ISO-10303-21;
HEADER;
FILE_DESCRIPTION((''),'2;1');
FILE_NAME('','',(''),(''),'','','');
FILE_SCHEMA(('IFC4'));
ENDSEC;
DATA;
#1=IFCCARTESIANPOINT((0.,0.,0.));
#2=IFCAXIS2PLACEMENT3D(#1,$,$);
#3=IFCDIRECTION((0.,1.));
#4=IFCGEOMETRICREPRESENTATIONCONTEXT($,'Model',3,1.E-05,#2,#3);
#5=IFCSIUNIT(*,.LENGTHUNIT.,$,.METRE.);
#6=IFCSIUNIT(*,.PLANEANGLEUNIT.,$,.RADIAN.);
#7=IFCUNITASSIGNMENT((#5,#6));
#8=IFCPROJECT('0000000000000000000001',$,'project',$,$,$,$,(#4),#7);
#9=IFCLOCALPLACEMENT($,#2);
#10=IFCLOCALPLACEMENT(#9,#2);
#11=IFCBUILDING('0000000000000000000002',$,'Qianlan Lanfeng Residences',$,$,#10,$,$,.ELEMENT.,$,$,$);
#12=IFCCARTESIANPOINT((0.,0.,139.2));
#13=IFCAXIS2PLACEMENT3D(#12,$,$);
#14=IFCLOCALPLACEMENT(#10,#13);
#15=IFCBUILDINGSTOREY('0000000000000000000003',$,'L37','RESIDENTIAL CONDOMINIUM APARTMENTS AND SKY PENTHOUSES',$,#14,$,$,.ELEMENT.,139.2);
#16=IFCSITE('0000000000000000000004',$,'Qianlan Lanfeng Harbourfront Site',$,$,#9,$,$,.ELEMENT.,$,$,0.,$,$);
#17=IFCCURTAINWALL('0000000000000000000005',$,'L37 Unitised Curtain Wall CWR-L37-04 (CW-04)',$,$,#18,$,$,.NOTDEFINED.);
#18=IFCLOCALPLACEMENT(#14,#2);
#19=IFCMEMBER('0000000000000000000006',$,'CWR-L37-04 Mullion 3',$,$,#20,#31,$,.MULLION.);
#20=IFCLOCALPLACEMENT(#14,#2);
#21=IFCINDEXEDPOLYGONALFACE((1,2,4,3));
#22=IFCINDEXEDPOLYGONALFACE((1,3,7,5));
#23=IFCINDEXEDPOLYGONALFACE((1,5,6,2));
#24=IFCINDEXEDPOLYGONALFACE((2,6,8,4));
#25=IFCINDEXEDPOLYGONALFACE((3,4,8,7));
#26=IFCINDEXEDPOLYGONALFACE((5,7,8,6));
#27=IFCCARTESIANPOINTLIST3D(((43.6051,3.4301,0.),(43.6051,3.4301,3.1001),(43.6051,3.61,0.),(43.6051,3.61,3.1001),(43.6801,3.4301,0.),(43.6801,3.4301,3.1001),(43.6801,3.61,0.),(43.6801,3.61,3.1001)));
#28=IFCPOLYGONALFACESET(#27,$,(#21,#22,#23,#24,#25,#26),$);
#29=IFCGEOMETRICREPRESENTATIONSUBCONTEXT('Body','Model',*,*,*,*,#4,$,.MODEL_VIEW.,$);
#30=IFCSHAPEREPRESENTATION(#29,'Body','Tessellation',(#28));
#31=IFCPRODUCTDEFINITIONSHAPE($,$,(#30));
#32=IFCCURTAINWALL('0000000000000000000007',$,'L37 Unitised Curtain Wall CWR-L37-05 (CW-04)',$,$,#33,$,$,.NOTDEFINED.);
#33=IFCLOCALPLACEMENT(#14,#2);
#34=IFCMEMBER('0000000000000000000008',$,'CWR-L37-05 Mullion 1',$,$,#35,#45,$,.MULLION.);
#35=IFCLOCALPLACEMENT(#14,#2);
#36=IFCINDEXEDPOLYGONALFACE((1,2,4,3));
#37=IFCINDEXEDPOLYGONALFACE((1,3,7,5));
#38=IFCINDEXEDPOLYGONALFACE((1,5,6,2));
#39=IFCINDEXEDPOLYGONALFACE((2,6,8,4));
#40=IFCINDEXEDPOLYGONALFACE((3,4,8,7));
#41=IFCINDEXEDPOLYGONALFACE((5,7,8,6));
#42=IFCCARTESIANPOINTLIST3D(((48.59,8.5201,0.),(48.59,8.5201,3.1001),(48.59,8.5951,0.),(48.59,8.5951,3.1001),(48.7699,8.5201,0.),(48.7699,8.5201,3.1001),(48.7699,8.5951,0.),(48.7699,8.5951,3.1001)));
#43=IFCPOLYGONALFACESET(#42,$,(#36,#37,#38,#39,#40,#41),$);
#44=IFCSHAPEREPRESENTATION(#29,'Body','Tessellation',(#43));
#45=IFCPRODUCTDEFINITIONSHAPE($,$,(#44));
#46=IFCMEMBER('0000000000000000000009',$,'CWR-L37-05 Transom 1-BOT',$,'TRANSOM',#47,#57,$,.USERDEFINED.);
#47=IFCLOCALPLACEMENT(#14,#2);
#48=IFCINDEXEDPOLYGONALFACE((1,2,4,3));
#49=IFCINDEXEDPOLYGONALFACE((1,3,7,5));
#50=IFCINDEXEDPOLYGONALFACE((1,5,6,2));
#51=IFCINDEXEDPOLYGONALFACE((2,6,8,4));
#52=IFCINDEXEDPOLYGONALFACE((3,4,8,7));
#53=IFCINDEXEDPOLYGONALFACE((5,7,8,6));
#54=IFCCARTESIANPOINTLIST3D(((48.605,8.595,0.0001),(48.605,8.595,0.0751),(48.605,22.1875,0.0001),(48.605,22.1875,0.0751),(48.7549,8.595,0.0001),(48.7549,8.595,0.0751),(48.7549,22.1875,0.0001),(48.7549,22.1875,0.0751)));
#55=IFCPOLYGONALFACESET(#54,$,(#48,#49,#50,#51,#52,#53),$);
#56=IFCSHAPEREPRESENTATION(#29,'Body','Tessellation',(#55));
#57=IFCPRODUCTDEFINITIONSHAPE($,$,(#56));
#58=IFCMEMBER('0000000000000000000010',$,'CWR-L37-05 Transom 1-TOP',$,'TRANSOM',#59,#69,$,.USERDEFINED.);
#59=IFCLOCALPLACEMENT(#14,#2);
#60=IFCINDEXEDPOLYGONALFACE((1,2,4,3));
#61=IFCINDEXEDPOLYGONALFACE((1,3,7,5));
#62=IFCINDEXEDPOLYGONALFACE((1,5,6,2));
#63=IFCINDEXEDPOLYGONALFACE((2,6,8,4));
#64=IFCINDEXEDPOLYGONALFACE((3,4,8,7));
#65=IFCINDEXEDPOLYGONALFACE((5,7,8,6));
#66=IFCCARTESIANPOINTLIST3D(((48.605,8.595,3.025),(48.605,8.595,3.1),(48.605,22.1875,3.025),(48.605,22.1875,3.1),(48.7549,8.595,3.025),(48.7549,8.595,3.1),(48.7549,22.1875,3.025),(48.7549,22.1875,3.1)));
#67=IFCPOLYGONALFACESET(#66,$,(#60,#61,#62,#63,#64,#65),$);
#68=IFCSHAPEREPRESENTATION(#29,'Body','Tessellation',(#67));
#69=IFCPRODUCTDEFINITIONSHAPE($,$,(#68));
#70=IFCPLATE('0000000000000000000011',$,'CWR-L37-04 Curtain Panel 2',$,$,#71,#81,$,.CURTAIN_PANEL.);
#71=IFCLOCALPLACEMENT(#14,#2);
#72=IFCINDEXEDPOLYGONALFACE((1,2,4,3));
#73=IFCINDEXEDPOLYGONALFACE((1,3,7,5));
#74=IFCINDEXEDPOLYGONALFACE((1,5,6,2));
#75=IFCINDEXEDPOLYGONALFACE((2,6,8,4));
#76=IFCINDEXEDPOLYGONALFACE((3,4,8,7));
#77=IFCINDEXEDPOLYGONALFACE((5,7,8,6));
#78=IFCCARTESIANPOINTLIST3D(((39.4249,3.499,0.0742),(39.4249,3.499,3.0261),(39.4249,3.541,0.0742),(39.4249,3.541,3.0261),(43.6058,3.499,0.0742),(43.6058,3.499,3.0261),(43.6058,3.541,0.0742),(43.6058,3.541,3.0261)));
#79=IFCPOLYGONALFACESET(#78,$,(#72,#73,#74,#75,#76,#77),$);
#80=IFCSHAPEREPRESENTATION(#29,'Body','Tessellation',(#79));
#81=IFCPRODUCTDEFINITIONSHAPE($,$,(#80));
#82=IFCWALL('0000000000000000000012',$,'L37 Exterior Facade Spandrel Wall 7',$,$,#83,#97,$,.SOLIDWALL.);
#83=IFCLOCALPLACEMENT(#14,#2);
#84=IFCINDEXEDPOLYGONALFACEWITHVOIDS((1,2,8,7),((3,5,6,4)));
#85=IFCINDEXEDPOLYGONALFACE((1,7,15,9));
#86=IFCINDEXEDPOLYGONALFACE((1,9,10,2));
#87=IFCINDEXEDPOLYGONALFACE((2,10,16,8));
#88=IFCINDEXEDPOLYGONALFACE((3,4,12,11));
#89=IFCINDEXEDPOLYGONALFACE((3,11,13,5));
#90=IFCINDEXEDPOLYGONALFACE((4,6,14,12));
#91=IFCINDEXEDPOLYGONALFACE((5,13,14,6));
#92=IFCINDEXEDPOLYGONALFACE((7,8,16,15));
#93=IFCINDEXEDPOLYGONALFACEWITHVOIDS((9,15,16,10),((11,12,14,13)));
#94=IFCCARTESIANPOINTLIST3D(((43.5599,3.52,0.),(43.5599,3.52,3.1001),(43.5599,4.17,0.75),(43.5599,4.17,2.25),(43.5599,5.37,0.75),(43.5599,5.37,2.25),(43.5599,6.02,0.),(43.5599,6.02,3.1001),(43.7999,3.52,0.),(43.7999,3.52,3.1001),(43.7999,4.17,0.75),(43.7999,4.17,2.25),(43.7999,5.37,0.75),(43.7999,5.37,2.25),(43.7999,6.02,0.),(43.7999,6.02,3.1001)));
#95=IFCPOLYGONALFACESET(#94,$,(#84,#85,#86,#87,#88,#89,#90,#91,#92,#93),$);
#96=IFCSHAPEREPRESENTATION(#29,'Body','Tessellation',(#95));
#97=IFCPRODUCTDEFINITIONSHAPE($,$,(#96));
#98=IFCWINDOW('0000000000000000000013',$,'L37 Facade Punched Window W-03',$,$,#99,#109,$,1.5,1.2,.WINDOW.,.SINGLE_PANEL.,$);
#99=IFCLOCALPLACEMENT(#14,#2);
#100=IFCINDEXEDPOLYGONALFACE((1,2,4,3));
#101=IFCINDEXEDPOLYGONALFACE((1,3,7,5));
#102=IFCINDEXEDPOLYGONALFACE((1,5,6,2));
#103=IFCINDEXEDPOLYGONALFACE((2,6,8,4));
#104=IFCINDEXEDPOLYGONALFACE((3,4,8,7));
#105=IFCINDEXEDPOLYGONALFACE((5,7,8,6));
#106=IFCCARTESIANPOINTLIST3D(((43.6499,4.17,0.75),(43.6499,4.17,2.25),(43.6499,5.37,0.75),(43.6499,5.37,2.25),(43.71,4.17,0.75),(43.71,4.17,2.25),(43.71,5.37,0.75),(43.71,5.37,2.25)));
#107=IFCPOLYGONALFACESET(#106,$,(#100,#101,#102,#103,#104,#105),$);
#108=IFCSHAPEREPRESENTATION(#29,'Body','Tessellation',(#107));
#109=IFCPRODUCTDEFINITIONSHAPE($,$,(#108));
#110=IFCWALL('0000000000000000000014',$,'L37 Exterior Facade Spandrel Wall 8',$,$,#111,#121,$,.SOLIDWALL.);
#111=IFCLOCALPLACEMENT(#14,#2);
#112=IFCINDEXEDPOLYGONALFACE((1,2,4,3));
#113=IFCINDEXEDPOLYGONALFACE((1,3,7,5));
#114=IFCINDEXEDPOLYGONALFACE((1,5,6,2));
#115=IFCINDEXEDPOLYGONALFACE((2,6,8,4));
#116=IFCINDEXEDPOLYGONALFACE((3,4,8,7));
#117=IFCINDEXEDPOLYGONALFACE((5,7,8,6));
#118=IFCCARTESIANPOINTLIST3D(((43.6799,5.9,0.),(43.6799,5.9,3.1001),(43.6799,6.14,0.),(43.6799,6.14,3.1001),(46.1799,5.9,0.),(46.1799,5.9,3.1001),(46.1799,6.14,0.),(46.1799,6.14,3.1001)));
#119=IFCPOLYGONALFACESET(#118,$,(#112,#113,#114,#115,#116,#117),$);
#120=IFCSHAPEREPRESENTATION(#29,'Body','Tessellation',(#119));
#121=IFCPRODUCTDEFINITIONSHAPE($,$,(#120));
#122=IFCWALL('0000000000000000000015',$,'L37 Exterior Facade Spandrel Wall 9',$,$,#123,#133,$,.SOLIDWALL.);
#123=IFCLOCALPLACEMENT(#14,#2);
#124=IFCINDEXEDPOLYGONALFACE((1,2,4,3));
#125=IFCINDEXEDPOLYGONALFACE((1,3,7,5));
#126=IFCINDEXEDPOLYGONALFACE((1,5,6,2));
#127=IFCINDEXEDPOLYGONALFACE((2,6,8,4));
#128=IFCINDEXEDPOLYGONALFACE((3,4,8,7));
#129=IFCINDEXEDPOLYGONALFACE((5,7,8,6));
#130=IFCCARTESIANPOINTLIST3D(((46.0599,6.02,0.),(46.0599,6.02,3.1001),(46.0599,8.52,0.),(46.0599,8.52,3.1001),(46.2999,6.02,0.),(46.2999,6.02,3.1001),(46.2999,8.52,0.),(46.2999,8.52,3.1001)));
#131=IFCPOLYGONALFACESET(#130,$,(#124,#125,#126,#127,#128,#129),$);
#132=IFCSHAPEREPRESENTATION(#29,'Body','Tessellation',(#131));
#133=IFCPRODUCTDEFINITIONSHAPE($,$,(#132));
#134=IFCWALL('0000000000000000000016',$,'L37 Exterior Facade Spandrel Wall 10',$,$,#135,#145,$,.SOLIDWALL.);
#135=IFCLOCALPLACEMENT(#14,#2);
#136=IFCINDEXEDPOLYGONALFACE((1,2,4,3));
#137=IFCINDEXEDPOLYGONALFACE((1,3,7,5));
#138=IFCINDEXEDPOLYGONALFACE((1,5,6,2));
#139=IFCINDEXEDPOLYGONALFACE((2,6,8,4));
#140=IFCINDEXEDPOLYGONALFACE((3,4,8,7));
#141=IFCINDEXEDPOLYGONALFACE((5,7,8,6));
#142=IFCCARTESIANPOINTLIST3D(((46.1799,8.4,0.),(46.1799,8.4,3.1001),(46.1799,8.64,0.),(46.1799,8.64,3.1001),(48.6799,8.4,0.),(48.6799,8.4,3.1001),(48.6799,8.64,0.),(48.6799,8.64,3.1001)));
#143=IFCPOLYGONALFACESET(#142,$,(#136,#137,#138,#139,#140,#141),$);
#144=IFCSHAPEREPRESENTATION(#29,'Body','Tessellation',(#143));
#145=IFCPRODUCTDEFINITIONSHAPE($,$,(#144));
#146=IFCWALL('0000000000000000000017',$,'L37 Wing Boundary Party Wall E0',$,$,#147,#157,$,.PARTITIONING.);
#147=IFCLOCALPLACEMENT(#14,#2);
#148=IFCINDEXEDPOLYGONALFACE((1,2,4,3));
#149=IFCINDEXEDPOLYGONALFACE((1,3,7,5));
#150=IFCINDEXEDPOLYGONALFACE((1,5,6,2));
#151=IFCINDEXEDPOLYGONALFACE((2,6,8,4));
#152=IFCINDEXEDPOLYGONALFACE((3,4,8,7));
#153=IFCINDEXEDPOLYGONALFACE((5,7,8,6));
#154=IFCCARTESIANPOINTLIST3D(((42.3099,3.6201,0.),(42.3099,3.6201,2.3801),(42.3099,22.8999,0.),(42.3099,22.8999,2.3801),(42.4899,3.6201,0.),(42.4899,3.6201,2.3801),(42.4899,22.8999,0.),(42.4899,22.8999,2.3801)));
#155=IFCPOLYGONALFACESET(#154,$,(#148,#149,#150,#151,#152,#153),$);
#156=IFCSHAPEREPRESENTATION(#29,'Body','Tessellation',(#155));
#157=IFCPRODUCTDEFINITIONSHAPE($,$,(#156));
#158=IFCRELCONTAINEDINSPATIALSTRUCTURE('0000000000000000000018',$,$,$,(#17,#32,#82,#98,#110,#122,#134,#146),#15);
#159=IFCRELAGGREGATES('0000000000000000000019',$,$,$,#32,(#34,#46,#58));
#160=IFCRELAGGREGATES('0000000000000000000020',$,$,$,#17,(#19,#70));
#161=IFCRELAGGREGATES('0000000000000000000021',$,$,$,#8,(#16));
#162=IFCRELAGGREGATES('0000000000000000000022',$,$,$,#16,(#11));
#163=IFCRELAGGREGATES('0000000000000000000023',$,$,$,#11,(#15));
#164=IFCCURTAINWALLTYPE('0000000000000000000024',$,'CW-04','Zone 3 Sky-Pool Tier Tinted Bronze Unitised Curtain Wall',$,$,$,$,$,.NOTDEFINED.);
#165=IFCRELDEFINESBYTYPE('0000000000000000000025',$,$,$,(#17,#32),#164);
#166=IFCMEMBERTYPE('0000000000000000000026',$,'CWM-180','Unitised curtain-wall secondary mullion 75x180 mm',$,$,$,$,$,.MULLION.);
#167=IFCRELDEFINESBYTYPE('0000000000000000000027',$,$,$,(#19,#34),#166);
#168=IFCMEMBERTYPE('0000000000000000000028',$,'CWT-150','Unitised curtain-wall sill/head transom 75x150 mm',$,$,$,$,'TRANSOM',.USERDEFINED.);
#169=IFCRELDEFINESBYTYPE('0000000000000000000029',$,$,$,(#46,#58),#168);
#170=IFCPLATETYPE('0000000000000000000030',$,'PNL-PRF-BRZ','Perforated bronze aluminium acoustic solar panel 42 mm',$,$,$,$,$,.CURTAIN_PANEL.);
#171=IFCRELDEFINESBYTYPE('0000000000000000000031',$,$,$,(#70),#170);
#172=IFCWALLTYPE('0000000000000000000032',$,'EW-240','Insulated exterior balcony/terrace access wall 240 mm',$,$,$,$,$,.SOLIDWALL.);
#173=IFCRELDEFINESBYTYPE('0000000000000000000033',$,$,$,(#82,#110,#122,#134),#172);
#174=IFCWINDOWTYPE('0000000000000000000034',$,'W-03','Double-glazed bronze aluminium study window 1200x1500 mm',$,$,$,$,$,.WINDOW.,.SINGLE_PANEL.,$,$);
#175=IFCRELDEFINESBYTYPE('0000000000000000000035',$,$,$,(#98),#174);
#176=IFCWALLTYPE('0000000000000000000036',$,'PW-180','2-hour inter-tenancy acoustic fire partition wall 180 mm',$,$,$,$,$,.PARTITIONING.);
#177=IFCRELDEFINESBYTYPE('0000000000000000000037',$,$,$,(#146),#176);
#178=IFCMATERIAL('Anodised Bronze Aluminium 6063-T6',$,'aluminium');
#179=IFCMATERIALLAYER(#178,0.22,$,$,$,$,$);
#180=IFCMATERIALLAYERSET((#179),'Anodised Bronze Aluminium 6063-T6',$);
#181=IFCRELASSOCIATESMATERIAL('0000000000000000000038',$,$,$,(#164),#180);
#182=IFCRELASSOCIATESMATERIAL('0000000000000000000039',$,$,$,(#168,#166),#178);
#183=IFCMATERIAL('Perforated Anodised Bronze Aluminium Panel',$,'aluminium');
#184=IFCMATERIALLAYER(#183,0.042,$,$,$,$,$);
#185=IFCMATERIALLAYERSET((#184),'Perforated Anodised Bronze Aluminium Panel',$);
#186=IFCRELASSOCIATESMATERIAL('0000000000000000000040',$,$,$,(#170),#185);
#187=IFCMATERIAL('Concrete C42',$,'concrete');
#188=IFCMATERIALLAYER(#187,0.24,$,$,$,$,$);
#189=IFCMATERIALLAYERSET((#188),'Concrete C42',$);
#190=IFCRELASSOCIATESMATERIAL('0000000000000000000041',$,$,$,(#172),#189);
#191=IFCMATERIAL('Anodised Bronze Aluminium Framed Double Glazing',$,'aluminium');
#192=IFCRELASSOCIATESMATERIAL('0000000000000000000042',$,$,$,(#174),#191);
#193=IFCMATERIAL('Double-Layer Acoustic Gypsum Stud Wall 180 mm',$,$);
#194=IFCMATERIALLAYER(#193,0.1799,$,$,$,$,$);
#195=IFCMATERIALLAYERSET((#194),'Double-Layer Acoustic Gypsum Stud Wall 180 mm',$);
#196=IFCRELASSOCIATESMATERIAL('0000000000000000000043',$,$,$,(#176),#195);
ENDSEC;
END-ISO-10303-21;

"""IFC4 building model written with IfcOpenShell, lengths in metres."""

from ifc_helpers import new_model, si_unit, direction, frame, frame_2d, origin, origin_2d, place, context, subcontext, project, spatial, rectangle, extrude, source, transform, mapped, material, layer, layer_set, material_profile, profile_set, type_object, element, fill, aggregate, save


model = new_model("IFC4")

# Units and contexts
model_context = context("Model", 3, precision=1e-05, world=origin(), true_north=direction((0.0, 1.0)))
body_context = subcontext(model_context, "Body", "Model", "MODEL_VIEW")
ifc_project = project(units=[si_unit("LENGTHUNIT", "METRE"), si_unit("PLANEANGLEUNIT", "RADIAN")], contexts=[model_context])

# Site, building, storey
site_placement = place(None, origin())
site = spatial("IfcSite", under=ifc_project, at=site_placement, Name="Qianlan Lanfeng Harbourfront Site", CompositionType="ELEMENT", RefElevation=0.0)
building_placement = place(site_placement, origin())
building = spatial("IfcBuilding", under=site, at=building_placement, Name="Qianlan Lanfeng Residences", CompositionType="ELEMENT")
storey_placement = place(building_placement, frame((0.0, 0.0, 139.2)))
storey = spatial("IfcBuildingStorey", under=building, at=storey_placement, Name="L37", Description="RESIDENTIAL CONDOMINIUM APARTMENTS AND SKY PENTHOUSES", CompositionType="ELEMENT", Elevation=139.2)

# Curtain walls, members
ifc_material_1 = material(Name="Anodised Bronze Aluminium 6063-T6", Category="aluminium")
ifc_layer_1 = layer(ifc_material_1, 0.22)
ifc_layer_set_1 = layer_set([ifc_layer_1], Name="Anodised Bronze Aluminium 6063-T6")
curtain_wall_type = type_object("IfcCurtainWallType", Name="CW-04", Description="Zone 3 Sky-Pool Tier Tinted Bronze Unitised Curtain Wall", PredefinedType="NOTDEFINED", material=ifc_layer_set_1)
curtain_wall_1_placement = place(storey_placement, origin())
curtain_wall_1 = element("IfcCurtainWall", 1, at=curtain_wall_1_placement, inside=storey, type_object=curtain_wall_type, Name="L37 Unitised Curtain Wall CWR-L37-04 (CW-04)", PredefinedType="NOTDEFINED")
ifc_material_profile_1 = material_profile(ifc_material_1, rectangle(XDim=0.075, YDim=0.1499, at=origin_2d()), Name="ALU TRANSOM 75x150")
ifc_profile_set_1 = profile_set([ifc_material_profile_1], Name="Anodised Bronze Aluminium 6063-T6")
member_type_1 = type_object("IfcMemberType", Name="CWT-150", Description="Unitised curtain-wall sill/head transom 75x150 mm", ElementType="TRANSOM", PredefinedType="USERDEFINED", material=ifc_profile_set_1)
ifc_material_profile_2 = material_profile(ifc_material_1, rectangle(XDim=0.075, YDim=0.1799, at=origin_2d()), Name="ALU MULLION 75x180")
ifc_profile_set_2 = profile_set([ifc_material_profile_2], Name="Anodised Bronze Aluminium 6063-T6")
member_type_2 = type_object("IfcMemberType", Name="CWM-180", Description="Unitised curtain-wall secondary mullion 75x180 mm", PredefinedType="MULLION", material=ifc_profile_set_2)
shared_shape_1 = source(origin(), body_context, "Body", "SweptSolid", [
    extrude(rectangle(XDim=0.075, YDim=0.1799, at=origin_2d()), origin(), (0.0, 0.0, 1.0), 3.1001),
])
member_1_placement = place(storey_placement, frame((43.6426, 3.52, 0.0), z_axis=(0.0, 0.0, 1.0), x_axis=(1.0, 0.0, 0.0)))
member_1 = element("IfcMember", 2, at=member_1_placement, type_object=member_type_2, Name="CWR-L37-04 Mullion 3", PredefinedType="MULLION", context=body_context, shape_type="MappedRepresentation", body=[
    mapped(shared_shape_1, transform((0.0, 0.0, 0.0), scale=1.0)),
])
curtain_wall_2_placement = place(storey_placement, origin())
curtain_wall_2 = element("IfcCurtainWall", 3, at=curtain_wall_2_placement, inside=storey, type_object=curtain_wall_type, Name="L37 Unitised Curtain Wall CWR-L37-05 (CW-04)", PredefinedType="NOTDEFINED")
member_2_placement = place(storey_placement, frame((48.6799, 8.5576, 0.0), z_axis=(0.0, 0.0, 1.0), x_axis=(0.0, 1.0, 0.0)))
member_2 = element("IfcMember", 4, at=member_2_placement, type_object=member_type_2, Name="CWR-L37-05 Mullion 1", PredefinedType="MULLION", context=body_context, shape_type="MappedRepresentation", body=[
    mapped(shared_shape_1, transform((0.0, 0.0, 0.0), scale=1.0)),
])
shared_shape_2 = source(origin(), body_context, "Body", "SweptSolid", [
    extrude(rectangle(XDim=0.075, YDim=0.1499, at=origin_2d()), origin(), (0.0, 0.0, 1.0), 13.5925),
])
member_3_placement = place(storey_placement, frame((48.6799, 8.595, 0.0376), z_axis=(0.0, 1.0, 0.0), x_axis=(0.0, 0.0, 1.0)))
member_3 = element("IfcMember", 5, at=member_3_placement, type_object=member_type_1, Name="CWR-L37-05 Transom 1-BOT", ObjectType="TRANSOM", PredefinedType="USERDEFINED", context=body_context, shape_type="MappedRepresentation", body=[
    mapped(shared_shape_2, transform((0.0, 0.0, 0.0), scale=1.0)),
])
member_4_placement = place(storey_placement, frame((48.6799, 8.595, 3.0625), z_axis=(0.0, 1.0, 0.0), x_axis=(0.0, 0.0, 1.0)))
member_4 = element("IfcMember", 6, at=member_4_placement, type_object=member_type_1, Name="CWR-L37-05 Transom 1-TOP", ObjectType="TRANSOM", PredefinedType="USERDEFINED", context=body_context, shape_type="MappedRepresentation", body=[
    mapped(shared_shape_2, transform((0.0, 0.0, 0.0), scale=1.0)),
])
aggregate(curtain_wall_2, [member_2, member_3, member_4])

# Plate
ifc_material_2 = material(Name="Perforated Anodised Bronze Aluminium Panel", Category="aluminium")
ifc_layer_2 = layer(ifc_material_2, 0.042)
ifc_layer_set_2 = layer_set([ifc_layer_2], Name="Perforated Anodised Bronze Aluminium Panel")
plate_type = type_object("IfcPlateType", Name="PNL-PRF-BRZ", Description="Perforated bronze aluminium acoustic solar panel 42 mm", PredefinedType="CURTAIN_PANEL", material=ifc_layer_set_2)
shared_shape_3 = source(origin(), body_context, "Body", "SweptSolid", [
    extrude(rectangle(XDim=4.1809, YDim=0.042, at=origin_2d()), origin(), (0.0, 0.0, 1.0), 2.9519),
])
plate_placement = place(storey_placement, frame((41.5154, 3.52, 0.0742), z_axis=(0.0, 0.0, 1.0), x_axis=(1.0, 0.0, 0.0)))
plate = element("IfcPlate", 7, at=plate_placement, type_object=plate_type, Name="CWR-L37-04 Curtain Panel 2", PredefinedType="CURTAIN_PANEL", context=body_context, shape_type="MappedRepresentation", body=[
    mapped(shared_shape_3, transform((0.0, 0.0, 0.0), scale=1.0)),
])
aggregate(curtain_wall_1, [member_1, plate])

# Wall, opening, window
ifc_material_3 = material(Name="Concrete C42", Category="concrete")
ifc_layer_3 = layer(ifc_material_3, 0.24)
ifc_layer_set_3 = layer_set([ifc_layer_3], Name="Concrete C42")
wall_type_1 = type_object("IfcWallType", Name="EW-240", Description="Insulated exterior balcony/terrace access wall 240 mm", PredefinedType="SOLIDWALL", material=ifc_layer_set_3)
wall_1_placement = place(storey_placement, frame((43.6799, 3.52, 0.0), z_axis=(0.0, 0.0, 1.0), x_axis=(0.0, 1.0, 0.0)))
wall_1 = element("IfcWall", 8, at=wall_1_placement, inside=storey, type_object=wall_type_1, Name="L37 Exterior Facade Spandrel Wall 7", PredefinedType="SOLIDWALL", context=body_context, shape_type="SweptSolid", body=[
    extrude(rectangle(XDim=2.5, YDim=0.24, at=frame_2d((1.25, 0.0))), origin(), (0.0, 0.0, 1.0), 3.1001),
])
opening_placement = place(wall_1_placement, frame((0.6499, 0.0, 0.75)))
opening = element("IfcOpeningElement", 9, at=opening_placement, cuts=wall_1, PredefinedType="OPENING", context=body_context, shape_type="SweptSolid", body=[
    extrude(rectangle(XDim=1.2, YDim=1.5, at=frame_2d((0.6001, 0.75))), frame((0.0, 0.1299, 0.0), z_axis=(0.0, -1.0, 0.0), x_axis=(1.0, 0.0, 0.0)), (0.0, 0.0, 1.0), 0.26),
])
ifc_material_4 = material(Name="Anodised Bronze Aluminium Framed Double Glazing", Category="aluminium")
window_type = type_object("IfcWindowType", Name="W-03", Description="Double-glazed bronze aluminium study window 1200x1500 mm", PartitioningType="SINGLE_PANEL", PredefinedType="WINDOW", material=ifc_material_4)
window_placement = place(opening_placement, origin())
window = element("IfcWindow", 10, at=window_placement, inside=storey, type_object=window_type, Name="L37 Facade Punched Window W-03", OverallHeight=1.5, OverallWidth=1.2, PartitioningType="SINGLE_PANEL", PredefinedType="WINDOW", context=body_context, shape_type="SweptSolid", body=[
    extrude(rectangle(XDim=1.2, YDim=1.5, at=frame_2d((0.6001, 0.75))), frame((0.0, 0.03, 0.0), z_axis=(0.0, -1.0, 0.0), x_axis=(1.0, 0.0, 0.0)), (0.0, 0.0, 1.0), 0.0601),
])
fill(opening, window)

# Walls
for number, where, z_axis, x_axis, name in (
    (11, (43.6799, 6.02, 0.0), (0.0, 0.0, 1.0), (1.0, 0.0, 0.0), "L37 Exterior Facade Spandrel Wall 8"),
    (12, (46.1799, 6.02, 0.0), (0.0, 0.0, 1.0), (0.0, 1.0, 0.0), "L37 Exterior Facade Spandrel Wall 9"),
    (13, (46.1799, 8.52, 0.0), (0.0, 0.0, 1.0), (1.0, 0.0, 0.0), "L37 Exterior Facade Spandrel Wall 10"),
):
    element("IfcWall", number, at=place(storey_placement, frame(where, z_axis=z_axis, x_axis=x_axis)), inside=storey, type_object=wall_type_1, Name=name, PredefinedType="SOLIDWALL", context=body_context, shape_type="SweptSolid", body=[
        extrude(rectangle(XDim=2.5, YDim=0.24, at=frame_2d((1.25, 0.0))), origin(), (0.0, 0.0, 1.0), 3.1001),
    ])
ifc_material_5 = material(Name="Double-Layer Acoustic Gypsum Stud Wall 180 mm")
ifc_layer_4 = layer(ifc_material_5, 0.1799)
ifc_layer_set_4 = layer_set([ifc_layer_4], Name="Double-Layer Acoustic Gypsum Stud Wall 180 mm")
wall_type_2 = type_object("IfcWallType", Name="PW-180", Description="2-hour inter-tenancy acoustic fire partition wall 180 mm", PredefinedType="PARTITIONING", material=ifc_layer_set_4)
wall_2_placement = place(storey_placement, frame((42.3999, 3.6201, 0.0), z_axis=(0.0, 0.0, 1.0), x_axis=(0.0, 1.0, 0.0)))
element("IfcWall", 14, at=wall_2_placement, inside=storey, type_object=wall_type_2, Name="L37 Wing Boundary Party Wall E0", PredefinedType="PARTITIONING", context=body_context, shape_type="SweptSolid", body=[
    extrude(rectangle(XDim=19.2798, YDim=0.1799, at=frame_2d((9.6399, 0.0))), origin(), (0.0, 0.0, 1.0), 2.3801),
])

save(model, "model.ifc")
